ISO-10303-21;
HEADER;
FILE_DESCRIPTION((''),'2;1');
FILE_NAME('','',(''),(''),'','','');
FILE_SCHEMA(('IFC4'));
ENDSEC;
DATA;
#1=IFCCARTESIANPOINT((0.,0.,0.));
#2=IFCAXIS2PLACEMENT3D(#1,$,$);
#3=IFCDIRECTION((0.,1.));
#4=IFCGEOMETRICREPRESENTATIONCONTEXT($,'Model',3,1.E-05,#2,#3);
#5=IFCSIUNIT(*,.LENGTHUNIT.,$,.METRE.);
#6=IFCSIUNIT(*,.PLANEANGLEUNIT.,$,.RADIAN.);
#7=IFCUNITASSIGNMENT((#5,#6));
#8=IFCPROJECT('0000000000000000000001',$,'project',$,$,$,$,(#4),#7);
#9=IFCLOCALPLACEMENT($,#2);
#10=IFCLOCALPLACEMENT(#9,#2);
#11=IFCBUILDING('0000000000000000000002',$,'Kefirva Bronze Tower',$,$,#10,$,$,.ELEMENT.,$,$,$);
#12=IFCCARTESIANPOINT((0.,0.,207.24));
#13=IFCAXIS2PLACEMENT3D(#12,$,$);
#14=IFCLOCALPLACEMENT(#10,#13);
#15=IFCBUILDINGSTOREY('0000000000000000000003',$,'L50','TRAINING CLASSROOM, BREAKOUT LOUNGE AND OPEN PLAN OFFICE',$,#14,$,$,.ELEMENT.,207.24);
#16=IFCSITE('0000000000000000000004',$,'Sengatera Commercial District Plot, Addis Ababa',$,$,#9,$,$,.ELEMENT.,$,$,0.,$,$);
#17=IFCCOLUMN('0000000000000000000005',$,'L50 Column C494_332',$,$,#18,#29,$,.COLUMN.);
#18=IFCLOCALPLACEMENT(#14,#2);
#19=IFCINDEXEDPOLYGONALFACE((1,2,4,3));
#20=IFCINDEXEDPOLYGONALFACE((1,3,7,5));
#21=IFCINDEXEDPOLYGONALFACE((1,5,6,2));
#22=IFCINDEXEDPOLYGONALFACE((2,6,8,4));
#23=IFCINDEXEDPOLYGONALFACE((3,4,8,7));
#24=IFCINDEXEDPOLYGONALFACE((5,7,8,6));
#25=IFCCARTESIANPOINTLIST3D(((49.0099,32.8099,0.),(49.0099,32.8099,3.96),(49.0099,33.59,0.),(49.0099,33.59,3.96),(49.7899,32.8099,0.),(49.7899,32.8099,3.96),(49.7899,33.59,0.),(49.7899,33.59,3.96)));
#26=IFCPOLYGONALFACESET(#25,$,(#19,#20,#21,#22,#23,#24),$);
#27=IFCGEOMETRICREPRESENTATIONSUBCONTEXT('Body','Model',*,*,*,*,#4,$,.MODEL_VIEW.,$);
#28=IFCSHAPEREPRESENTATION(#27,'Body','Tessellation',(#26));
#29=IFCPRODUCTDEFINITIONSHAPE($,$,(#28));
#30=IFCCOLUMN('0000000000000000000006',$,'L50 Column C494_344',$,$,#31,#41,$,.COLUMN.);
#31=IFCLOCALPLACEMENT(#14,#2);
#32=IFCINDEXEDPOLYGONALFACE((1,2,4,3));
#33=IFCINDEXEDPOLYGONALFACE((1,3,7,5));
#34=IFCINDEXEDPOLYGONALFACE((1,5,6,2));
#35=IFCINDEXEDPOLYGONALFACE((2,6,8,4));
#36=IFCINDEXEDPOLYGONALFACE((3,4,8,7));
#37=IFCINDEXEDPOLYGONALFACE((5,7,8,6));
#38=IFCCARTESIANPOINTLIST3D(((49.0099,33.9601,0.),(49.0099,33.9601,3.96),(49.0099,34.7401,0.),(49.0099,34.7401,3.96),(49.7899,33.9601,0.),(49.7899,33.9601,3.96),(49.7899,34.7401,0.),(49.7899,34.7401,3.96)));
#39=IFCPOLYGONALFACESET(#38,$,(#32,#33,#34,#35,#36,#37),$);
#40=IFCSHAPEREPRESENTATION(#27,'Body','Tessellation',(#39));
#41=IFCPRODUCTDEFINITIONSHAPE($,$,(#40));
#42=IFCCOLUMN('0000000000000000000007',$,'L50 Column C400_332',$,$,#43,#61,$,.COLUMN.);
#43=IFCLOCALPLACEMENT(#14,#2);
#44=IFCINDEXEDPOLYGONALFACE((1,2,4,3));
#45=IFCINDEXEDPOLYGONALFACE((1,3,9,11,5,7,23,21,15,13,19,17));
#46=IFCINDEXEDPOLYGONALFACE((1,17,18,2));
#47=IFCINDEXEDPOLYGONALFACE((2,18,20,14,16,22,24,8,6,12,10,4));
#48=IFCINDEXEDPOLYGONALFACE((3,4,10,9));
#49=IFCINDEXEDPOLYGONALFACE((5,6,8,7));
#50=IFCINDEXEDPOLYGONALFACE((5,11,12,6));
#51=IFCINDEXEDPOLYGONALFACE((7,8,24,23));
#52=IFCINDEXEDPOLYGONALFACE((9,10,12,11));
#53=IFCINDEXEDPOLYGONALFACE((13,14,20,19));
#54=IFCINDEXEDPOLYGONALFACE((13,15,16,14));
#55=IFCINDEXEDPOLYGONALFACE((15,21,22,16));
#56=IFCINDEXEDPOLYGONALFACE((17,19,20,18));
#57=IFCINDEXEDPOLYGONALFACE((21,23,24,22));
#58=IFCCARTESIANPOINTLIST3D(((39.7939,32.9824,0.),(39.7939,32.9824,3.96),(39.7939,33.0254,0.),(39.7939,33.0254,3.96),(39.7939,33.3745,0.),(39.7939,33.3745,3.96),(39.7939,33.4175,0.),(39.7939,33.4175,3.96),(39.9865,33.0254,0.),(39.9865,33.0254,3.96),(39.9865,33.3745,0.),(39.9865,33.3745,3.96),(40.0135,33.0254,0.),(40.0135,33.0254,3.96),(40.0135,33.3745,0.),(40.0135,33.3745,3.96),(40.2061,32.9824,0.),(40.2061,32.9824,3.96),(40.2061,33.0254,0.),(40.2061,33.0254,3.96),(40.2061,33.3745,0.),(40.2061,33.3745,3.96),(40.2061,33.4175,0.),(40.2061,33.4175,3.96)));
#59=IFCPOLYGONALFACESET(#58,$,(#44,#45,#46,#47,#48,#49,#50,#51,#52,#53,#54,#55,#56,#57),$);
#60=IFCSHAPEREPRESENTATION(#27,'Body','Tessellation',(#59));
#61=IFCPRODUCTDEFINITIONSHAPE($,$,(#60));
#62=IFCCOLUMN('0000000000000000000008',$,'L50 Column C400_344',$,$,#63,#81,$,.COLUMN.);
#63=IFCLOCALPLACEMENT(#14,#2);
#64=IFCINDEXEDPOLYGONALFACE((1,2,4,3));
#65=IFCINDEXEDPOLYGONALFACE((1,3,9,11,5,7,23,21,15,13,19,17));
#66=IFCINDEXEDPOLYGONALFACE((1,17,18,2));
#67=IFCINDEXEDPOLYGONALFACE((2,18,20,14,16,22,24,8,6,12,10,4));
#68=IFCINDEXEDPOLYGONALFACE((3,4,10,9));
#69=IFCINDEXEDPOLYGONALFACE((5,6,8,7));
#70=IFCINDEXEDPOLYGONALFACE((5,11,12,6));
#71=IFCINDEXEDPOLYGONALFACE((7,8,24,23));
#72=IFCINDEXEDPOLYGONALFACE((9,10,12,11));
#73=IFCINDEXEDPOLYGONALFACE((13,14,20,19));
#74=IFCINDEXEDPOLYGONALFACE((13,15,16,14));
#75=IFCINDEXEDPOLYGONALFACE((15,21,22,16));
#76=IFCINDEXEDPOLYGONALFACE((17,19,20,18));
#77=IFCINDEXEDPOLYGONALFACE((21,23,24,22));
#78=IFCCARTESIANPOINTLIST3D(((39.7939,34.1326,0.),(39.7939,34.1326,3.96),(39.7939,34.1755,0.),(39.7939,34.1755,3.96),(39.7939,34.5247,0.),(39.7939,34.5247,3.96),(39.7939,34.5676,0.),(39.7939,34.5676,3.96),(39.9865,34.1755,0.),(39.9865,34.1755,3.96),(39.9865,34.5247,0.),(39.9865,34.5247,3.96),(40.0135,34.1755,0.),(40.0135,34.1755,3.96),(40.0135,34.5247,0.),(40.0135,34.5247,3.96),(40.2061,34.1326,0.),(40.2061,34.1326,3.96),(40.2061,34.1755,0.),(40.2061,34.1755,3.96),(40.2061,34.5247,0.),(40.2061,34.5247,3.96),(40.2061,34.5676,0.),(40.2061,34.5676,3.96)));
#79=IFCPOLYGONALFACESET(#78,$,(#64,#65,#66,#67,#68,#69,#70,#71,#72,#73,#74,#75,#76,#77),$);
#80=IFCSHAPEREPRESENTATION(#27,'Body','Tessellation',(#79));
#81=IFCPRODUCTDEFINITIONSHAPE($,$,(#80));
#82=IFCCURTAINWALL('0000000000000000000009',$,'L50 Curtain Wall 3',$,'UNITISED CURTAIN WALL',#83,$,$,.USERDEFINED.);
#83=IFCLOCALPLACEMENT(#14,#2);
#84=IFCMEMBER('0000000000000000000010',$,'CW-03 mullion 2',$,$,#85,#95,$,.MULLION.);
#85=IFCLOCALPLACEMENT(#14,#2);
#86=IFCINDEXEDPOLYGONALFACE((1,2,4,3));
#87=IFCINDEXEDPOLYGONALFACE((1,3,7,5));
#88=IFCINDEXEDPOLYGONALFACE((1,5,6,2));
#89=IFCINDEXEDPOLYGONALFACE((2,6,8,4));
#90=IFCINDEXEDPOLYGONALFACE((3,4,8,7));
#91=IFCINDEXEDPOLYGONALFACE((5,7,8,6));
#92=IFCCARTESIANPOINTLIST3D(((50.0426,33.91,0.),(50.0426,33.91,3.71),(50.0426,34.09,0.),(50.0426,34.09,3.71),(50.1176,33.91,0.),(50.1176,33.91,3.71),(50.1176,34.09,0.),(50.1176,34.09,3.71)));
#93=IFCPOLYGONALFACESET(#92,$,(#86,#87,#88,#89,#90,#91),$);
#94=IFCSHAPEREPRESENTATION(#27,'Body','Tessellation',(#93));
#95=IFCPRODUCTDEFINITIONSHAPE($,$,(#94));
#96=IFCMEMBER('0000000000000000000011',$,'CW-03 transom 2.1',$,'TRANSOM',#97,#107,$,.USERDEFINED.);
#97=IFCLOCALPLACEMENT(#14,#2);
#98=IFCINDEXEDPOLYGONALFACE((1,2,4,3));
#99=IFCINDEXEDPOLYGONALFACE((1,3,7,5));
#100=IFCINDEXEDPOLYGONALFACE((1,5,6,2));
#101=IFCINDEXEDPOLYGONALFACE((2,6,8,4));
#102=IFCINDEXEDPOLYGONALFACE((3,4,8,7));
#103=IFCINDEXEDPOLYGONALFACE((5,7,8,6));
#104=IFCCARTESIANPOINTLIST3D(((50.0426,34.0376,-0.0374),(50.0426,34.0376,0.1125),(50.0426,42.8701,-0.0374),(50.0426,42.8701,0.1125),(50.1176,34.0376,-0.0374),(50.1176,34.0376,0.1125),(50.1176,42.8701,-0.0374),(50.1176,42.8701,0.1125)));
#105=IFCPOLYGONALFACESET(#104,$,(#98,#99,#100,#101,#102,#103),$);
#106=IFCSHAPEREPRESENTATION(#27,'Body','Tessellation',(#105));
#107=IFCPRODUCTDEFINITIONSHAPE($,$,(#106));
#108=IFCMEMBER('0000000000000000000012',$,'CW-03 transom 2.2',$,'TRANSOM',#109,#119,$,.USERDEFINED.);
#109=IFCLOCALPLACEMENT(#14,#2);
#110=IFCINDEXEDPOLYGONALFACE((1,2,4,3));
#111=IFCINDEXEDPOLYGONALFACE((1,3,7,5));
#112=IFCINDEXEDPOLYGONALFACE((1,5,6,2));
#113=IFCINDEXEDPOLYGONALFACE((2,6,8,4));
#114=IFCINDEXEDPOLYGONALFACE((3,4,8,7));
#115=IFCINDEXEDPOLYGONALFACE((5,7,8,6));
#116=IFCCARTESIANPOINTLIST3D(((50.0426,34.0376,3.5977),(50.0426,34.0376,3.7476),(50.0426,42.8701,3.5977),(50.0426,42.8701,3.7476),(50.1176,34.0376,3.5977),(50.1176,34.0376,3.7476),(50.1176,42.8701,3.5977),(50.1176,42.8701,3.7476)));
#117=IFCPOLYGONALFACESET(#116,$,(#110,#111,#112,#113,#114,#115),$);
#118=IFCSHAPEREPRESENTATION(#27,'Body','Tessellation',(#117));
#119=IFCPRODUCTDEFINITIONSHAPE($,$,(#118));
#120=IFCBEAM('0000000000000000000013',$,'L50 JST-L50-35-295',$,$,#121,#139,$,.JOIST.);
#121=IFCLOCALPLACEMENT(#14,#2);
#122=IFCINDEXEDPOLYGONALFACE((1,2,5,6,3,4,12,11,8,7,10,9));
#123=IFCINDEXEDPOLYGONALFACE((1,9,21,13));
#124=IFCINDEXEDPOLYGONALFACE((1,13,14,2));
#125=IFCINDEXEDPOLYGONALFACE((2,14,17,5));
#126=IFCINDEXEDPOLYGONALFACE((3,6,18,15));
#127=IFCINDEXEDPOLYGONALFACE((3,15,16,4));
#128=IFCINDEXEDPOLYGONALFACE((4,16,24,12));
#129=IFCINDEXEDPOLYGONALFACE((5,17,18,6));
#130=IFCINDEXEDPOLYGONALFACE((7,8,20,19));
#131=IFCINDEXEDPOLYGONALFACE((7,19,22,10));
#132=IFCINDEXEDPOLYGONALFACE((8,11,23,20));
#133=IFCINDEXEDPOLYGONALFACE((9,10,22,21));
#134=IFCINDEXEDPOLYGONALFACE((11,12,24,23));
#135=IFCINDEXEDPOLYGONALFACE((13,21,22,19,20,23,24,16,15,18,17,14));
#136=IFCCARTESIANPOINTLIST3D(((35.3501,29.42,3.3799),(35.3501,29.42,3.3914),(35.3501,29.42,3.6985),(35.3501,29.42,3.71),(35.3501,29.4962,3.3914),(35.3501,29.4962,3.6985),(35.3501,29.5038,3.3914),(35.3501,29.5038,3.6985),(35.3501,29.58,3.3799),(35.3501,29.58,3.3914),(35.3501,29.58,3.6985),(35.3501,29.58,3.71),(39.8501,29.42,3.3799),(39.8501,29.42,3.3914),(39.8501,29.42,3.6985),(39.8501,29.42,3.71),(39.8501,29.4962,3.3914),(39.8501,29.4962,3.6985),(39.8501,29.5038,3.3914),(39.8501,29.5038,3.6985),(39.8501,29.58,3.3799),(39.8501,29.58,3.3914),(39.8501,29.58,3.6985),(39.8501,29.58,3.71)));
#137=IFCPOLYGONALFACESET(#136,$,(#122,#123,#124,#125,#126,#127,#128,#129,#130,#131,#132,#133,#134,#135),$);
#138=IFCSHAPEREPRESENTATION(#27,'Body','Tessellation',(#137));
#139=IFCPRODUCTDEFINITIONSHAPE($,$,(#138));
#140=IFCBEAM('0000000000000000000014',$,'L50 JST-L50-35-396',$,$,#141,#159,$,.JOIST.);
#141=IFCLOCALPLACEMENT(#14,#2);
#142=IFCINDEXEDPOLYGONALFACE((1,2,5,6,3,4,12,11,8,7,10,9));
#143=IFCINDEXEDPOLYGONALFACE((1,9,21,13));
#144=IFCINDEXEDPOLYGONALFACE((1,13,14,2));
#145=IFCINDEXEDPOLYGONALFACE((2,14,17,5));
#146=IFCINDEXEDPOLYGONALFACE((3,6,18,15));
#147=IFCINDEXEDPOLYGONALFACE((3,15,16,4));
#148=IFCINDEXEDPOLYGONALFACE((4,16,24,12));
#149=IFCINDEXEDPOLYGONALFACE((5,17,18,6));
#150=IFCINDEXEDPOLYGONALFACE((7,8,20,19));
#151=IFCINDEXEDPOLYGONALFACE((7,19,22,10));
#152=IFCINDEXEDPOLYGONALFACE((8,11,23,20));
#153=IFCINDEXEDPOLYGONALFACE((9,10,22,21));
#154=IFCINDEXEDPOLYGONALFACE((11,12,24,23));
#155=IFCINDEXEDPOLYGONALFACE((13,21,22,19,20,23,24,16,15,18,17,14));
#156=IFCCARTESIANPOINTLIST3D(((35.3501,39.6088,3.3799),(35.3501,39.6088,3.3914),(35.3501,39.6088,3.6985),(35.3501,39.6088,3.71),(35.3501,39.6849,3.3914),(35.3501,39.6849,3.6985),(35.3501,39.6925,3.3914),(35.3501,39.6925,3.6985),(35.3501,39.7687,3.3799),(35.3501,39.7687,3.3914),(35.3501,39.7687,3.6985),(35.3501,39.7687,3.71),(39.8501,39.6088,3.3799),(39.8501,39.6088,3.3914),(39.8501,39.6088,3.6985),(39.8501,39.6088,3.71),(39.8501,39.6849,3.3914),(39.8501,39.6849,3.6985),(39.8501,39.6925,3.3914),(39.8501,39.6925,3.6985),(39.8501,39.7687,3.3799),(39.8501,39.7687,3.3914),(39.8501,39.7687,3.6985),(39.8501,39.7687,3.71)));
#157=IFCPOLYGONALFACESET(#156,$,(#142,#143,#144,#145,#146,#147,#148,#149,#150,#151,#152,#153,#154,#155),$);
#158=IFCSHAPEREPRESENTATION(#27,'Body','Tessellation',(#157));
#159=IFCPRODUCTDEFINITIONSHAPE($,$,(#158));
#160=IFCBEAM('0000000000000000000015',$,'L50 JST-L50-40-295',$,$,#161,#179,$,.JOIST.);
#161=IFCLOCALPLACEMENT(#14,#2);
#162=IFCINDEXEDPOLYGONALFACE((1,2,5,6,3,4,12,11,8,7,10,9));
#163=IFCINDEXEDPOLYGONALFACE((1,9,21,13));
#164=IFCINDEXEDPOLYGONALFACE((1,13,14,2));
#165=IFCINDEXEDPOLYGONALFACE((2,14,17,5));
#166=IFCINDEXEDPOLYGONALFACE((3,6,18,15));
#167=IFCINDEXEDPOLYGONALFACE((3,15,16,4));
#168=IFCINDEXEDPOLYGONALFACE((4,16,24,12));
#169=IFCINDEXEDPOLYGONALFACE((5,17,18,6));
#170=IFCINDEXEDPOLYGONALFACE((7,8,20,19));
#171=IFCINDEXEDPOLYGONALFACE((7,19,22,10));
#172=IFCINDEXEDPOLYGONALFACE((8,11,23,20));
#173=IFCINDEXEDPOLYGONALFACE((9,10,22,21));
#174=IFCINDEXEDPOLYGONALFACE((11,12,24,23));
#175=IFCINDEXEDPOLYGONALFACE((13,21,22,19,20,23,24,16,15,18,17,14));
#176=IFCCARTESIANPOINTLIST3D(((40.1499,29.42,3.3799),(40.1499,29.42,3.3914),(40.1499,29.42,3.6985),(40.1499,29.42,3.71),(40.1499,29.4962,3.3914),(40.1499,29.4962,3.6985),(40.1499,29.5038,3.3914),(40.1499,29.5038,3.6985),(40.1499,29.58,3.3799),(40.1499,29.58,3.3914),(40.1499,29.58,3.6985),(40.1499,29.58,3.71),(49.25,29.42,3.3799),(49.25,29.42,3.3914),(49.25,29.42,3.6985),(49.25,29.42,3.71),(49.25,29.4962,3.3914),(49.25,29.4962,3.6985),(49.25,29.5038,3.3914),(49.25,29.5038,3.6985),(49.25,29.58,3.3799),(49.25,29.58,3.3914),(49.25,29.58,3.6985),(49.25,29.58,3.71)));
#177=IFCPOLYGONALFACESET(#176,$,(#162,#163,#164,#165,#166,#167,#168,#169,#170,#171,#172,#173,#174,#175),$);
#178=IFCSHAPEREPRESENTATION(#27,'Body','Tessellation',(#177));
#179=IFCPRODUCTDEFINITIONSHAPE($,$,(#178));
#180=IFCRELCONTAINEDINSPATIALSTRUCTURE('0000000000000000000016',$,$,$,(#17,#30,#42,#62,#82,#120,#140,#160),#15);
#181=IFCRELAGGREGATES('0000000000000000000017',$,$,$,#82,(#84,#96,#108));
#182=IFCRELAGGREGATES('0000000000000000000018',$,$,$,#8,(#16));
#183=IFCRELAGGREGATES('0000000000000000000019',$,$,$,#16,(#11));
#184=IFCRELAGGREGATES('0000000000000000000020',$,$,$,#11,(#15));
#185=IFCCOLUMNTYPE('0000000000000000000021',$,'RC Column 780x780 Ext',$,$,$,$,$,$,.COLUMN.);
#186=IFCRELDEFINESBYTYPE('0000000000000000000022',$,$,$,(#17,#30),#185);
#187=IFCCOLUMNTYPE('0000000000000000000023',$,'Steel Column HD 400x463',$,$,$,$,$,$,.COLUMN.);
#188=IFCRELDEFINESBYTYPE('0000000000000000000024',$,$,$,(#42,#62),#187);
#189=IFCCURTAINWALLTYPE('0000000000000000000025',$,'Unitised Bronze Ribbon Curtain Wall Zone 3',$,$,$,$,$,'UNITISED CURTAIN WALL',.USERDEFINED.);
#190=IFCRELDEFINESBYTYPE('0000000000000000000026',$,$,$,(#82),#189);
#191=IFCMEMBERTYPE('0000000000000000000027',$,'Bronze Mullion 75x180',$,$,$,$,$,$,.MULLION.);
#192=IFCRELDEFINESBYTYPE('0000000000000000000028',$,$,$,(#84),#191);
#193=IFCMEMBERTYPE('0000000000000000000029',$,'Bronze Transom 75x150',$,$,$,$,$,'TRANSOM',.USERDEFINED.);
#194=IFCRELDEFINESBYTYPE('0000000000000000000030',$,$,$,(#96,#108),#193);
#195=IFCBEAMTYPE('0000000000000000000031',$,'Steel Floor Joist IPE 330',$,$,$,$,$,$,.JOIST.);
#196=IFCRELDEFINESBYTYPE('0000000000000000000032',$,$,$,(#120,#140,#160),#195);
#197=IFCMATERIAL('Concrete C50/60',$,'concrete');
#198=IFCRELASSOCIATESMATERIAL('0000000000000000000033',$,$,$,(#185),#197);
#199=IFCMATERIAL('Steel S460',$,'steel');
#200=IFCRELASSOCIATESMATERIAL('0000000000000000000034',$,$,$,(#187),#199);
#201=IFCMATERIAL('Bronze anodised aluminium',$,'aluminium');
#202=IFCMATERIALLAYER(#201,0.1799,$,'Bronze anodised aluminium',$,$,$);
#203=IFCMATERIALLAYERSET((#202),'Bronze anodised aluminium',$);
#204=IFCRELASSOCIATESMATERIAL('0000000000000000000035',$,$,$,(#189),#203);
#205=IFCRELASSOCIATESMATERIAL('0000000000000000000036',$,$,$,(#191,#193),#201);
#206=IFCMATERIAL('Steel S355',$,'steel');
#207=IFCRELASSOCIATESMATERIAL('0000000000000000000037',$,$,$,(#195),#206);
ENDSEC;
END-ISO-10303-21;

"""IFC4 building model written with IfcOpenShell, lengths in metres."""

from ifc_helpers import new_model, si_unit, direction, frame, origin, origin_2d, place, context, subcontext, project, spatial, rectangle, i_section, extrude, material, layer, layer_set, material_profile, profile_set, type_object, element, aggregate, save


model = new_model("IFC4")

# Units and contexts
model_context = context("Model", 3, precision=1e-05, world=origin(), true_north=direction((0.0, 1.0)))
body_context = subcontext(model_context, "Body", "Model", "MODEL_VIEW")
ifc_project = project(units=[si_unit("LENGTHUNIT", "METRE"), si_unit("PLANEANGLEUNIT", "RADIAN")], contexts=[model_context])

# Site, building, storey
site_placement = place(None, origin())
site = spatial("IfcSite", under=ifc_project, at=site_placement, Name="Sengatera Commercial District Plot, Addis Ababa", CompositionType="ELEMENT", RefElevation=0.0)
building_placement = place(site_placement, origin())
building = spatial("IfcBuilding", under=site, at=building_placement, Name="Kefirva Bronze Tower", CompositionType="ELEMENT")
storey_placement = place(building_placement, frame((0.0, 0.0, 207.24)))
storey = spatial("IfcBuildingStorey", under=building, at=storey_placement, Name="L50", Description="TRAINING CLASSROOM, BREAKOUT LOUNGE AND OPEN PLAN OFFICE", CompositionType="ELEMENT", Elevation=207.24)

# Columns
ifc_material_1 = material(Name="Concrete C50/60", Category="concrete")
ifc_material_profile_1 = material_profile(ifc_material_1, rectangle(XDim=0.78, YDim=0.78, at=origin_2d()), Name="RC 780x780")
ifc_profile_set_1 = profile_set([ifc_material_profile_1], Name="Concrete C50/60")
column_type_1 = type_object("IfcColumnType", Name="RC Column 780x780 Ext", PredefinedType="COLUMN", material=ifc_profile_set_1)
for number, where, z_axis, x_axis, name in (
    (1, (49.3999, 33.2, 0.0), (0.0, 0.0, 1.0), (1.0, 0.0, 0.0), "L50 Column C494_332"),
    (2, (49.3999, 34.3501, 0.0), (0.0, 0.0, 1.0), (1.0, 0.0, 0.0), "L50 Column C494_344"),
):
    element("IfcColumn", number, at=place(storey_placement, frame(where, z_axis=z_axis, x_axis=x_axis)), inside=storey, type_object=column_type_1, Name=name, PredefinedType="COLUMN", context=body_context, shape_type="SweptSolid", body=[
        extrude(rectangle(XDim=0.78, YDim=0.78, at=origin_2d()), origin(), (0.0, 0.0, 1.0), 3.96),
    ])
ifc_material_2 = material(Name="Steel S460", Category="steel")
ifc_material_profile_2 = material_profile(ifc_material_2, i_section(OverallWidth=0.4121, OverallDepth=0.4351, WebThickness=0.0271, FlangeThickness=0.043, at=origin_2d()), Name="HD 400x463")
ifc_profile_set_2 = profile_set([ifc_material_profile_2], Name="Steel S460")
column_type_2 = type_object("IfcColumnType", Name="Steel Column HD 400x463", PredefinedType="COLUMN", material=ifc_profile_set_2)
for number, where, z_axis, x_axis, name in (
    (3, (40.0, 33.2, 0.0), (0.0, 0.0, 1.0), (1.0, 0.0, 0.0), "L50 Column C400_332"),
    (4, (40.0, 34.3501, 0.0), (0.0, 0.0, 1.0), (1.0, 0.0, 0.0), "L50 Column C400_344"),
):
    element("IfcColumn", number, at=place(storey_placement, frame(where, z_axis=z_axis, x_axis=x_axis)), inside=storey, type_object=column_type_2, Name=name, PredefinedType="COLUMN", context=body_context, shape_type="SweptSolid", body=[
        extrude(i_section(OverallWidth=0.4121, OverallDepth=0.4351, WebThickness=0.0271, FlangeThickness=0.043, at=origin_2d()), origin(), (0.0, 0.0, 1.0), 3.96),
    ])

# Curtain wall, members
ifc_material_3 = material(Name="Bronze anodised aluminium", Category="aluminium")
ifc_layer_1 = layer(ifc_material_3, 0.1799, Name="Bronze anodised aluminium")
ifc_layer_set_1 = layer_set([ifc_layer_1], Name="Bronze anodised aluminium")
curtain_wall_type = type_object("IfcCurtainWallType", Name="Unitised Bronze Ribbon Curtain Wall Zone 3", ElementType="UNITISED CURTAIN WALL", PredefinedType="USERDEFINED", material=ifc_layer_set_1)
curtain_wall_placement = place(storey_placement, origin())
curtain_wall = element("IfcCurtainWall", 5, at=curtain_wall_placement, inside=storey, type_object=curtain_wall_type, Name="L50 Curtain Wall 3", ObjectType="UNITISED CURTAIN WALL", PredefinedType="USERDEFINED")
ifc_material_profile_3 = material_profile(ifc_material_3, rectangle(XDim=0.075, YDim=0.1799, at=origin_2d()), Name="ALU 75x180")
ifc_profile_set_3 = profile_set([ifc_material_profile_3], Name="Bronze anodised aluminium")
member_type_1 = type_object("IfcMemberType", Name="Bronze Mullion 75x180", PredefinedType="MULLION", material=ifc_profile_set_3)
member_1_placement = place(storey_placement, frame((50.0801, 34.0, 0.0), z_axis=(0.0, 0.0, 1.0), x_axis=(-1.0, 0.0, 0.0)))
member_1 = element("IfcMember", 6, at=member_1_placement, type_object=member_type_1, Name="CW-03 mullion 2", PredefinedType="MULLION", context=body_context, shape_type="SweptSolid", body=[
    extrude(rectangle(XDim=0.075, YDim=0.1799, at=origin_2d()), origin(), (0.0, 0.0, 1.0), 3.71),
])
ifc_material_profile_4 = material_profile(ifc_material_3, rectangle(XDim=0.075, YDim=0.1499, at=origin_2d()), Name="ALU 75x150")
ifc_profile_set_4 = profile_set([ifc_material_profile_4], Name="Bronze anodised aluminium")
member_type_2 = type_object("IfcMemberType", Name="Bronze Transom 75x150", ElementType="TRANSOM", PredefinedType="USERDEFINED", material=ifc_profile_set_4)
member_2_placement = place(storey_placement, frame((50.0801, 34.0376, 0.0376), z_axis=(0.0, 1.0, 0.0), x_axis=(-1.0, 0.0, 0.0)))
member_2 = element("IfcMember", 7, at=member_2_placement, type_object=member_type_2, Name="CW-03 transom 2.1", ObjectType="TRANSOM", PredefinedType="USERDEFINED", context=body_context, shape_type="SweptSolid", body=[
    extrude(rectangle(XDim=0.075, YDim=0.1499, at=origin_2d()), origin(), (0.0, 0.0, 1.0), 8.8325),
])
member_3_placement = place(storey_placement, frame((50.0801, 34.0376, 3.6726), z_axis=(0.0, 1.0, 0.0), x_axis=(-1.0, 0.0, 0.0)))
member_3 = element("IfcMember", 8, at=member_3_placement, type_object=member_type_2, Name="CW-03 transom 2.2", ObjectType="TRANSOM", PredefinedType="USERDEFINED", context=body_context, shape_type="SweptSolid", body=[
    extrude(rectangle(XDim=0.075, YDim=0.1499, at=origin_2d()), origin(), (0.0, 0.0, 1.0), 8.8325),
])

# Beams
ifc_material_4 = material(Name="Steel S355", Category="steel")
ifc_material_profile_5 = material_profile(ifc_material_4, i_section(OverallWidth=0.1599, OverallDepth=0.3301, WebThickness=0.0076, FlangeThickness=0.0115, at=origin_2d()), Name="IPE 330")
ifc_profile_set_5 = profile_set([ifc_material_profile_5], Name="Steel S355")
beam_type_1 = type_object("IfcBeamType", Name="Steel Floor Joist IPE 330", PredefinedType="JOIST", material=ifc_profile_set_5)
for number, where, z_axis, x_axis, name in (
    (9, (35.3501, 29.5, 3.5449), (1.0, 0.0, 0.0), (0.0, 1.0, 0.0), "L50 JST-L50-35-295"),
    (10, (35.3501, 39.6887, 3.5449), (1.0, 0.0, 0.0), (0.0, 1.0, 0.0), "L50 JST-L50-35-396"),
):
    element("IfcBeam", number, at=place(storey_placement, frame(where, z_axis=z_axis, x_axis=x_axis)), inside=storey, type_object=beam_type_1, Name=name, PredefinedType="JOIST", context=body_context, shape_type="SweptSolid", body=[
        extrude(i_section(OverallWidth=0.1599, OverallDepth=0.3301, WebThickness=0.0076, FlangeThickness=0.0115, at=origin_2d()), origin(), (0.0, 0.0, 1.0), 4.5),
    ])
beam_1_placement = place(storey_placement, frame((40.1499, 29.5, 3.5449), z_axis=(1.0, 0.0, 0.0), x_axis=(0.0, 1.0, 0.0)))
element("IfcBeam", 11, at=beam_1_placement, inside=storey, type_object=beam_type_1, Name="L50 JST-L50-40-295", PredefinedType="JOIST", context=body_context, shape_type="SweptSolid", body=[
    extrude(i_section(OverallWidth=0.1599, OverallDepth=0.3301, WebThickness=0.0076, FlangeThickness=0.0115, at=origin_2d()), origin(), (0.0, 0.0, 1.0), 9.1001),
])

aggregate(curtain_wall, [member_1, member_2, member_3])

save(model, "model.ifc")
